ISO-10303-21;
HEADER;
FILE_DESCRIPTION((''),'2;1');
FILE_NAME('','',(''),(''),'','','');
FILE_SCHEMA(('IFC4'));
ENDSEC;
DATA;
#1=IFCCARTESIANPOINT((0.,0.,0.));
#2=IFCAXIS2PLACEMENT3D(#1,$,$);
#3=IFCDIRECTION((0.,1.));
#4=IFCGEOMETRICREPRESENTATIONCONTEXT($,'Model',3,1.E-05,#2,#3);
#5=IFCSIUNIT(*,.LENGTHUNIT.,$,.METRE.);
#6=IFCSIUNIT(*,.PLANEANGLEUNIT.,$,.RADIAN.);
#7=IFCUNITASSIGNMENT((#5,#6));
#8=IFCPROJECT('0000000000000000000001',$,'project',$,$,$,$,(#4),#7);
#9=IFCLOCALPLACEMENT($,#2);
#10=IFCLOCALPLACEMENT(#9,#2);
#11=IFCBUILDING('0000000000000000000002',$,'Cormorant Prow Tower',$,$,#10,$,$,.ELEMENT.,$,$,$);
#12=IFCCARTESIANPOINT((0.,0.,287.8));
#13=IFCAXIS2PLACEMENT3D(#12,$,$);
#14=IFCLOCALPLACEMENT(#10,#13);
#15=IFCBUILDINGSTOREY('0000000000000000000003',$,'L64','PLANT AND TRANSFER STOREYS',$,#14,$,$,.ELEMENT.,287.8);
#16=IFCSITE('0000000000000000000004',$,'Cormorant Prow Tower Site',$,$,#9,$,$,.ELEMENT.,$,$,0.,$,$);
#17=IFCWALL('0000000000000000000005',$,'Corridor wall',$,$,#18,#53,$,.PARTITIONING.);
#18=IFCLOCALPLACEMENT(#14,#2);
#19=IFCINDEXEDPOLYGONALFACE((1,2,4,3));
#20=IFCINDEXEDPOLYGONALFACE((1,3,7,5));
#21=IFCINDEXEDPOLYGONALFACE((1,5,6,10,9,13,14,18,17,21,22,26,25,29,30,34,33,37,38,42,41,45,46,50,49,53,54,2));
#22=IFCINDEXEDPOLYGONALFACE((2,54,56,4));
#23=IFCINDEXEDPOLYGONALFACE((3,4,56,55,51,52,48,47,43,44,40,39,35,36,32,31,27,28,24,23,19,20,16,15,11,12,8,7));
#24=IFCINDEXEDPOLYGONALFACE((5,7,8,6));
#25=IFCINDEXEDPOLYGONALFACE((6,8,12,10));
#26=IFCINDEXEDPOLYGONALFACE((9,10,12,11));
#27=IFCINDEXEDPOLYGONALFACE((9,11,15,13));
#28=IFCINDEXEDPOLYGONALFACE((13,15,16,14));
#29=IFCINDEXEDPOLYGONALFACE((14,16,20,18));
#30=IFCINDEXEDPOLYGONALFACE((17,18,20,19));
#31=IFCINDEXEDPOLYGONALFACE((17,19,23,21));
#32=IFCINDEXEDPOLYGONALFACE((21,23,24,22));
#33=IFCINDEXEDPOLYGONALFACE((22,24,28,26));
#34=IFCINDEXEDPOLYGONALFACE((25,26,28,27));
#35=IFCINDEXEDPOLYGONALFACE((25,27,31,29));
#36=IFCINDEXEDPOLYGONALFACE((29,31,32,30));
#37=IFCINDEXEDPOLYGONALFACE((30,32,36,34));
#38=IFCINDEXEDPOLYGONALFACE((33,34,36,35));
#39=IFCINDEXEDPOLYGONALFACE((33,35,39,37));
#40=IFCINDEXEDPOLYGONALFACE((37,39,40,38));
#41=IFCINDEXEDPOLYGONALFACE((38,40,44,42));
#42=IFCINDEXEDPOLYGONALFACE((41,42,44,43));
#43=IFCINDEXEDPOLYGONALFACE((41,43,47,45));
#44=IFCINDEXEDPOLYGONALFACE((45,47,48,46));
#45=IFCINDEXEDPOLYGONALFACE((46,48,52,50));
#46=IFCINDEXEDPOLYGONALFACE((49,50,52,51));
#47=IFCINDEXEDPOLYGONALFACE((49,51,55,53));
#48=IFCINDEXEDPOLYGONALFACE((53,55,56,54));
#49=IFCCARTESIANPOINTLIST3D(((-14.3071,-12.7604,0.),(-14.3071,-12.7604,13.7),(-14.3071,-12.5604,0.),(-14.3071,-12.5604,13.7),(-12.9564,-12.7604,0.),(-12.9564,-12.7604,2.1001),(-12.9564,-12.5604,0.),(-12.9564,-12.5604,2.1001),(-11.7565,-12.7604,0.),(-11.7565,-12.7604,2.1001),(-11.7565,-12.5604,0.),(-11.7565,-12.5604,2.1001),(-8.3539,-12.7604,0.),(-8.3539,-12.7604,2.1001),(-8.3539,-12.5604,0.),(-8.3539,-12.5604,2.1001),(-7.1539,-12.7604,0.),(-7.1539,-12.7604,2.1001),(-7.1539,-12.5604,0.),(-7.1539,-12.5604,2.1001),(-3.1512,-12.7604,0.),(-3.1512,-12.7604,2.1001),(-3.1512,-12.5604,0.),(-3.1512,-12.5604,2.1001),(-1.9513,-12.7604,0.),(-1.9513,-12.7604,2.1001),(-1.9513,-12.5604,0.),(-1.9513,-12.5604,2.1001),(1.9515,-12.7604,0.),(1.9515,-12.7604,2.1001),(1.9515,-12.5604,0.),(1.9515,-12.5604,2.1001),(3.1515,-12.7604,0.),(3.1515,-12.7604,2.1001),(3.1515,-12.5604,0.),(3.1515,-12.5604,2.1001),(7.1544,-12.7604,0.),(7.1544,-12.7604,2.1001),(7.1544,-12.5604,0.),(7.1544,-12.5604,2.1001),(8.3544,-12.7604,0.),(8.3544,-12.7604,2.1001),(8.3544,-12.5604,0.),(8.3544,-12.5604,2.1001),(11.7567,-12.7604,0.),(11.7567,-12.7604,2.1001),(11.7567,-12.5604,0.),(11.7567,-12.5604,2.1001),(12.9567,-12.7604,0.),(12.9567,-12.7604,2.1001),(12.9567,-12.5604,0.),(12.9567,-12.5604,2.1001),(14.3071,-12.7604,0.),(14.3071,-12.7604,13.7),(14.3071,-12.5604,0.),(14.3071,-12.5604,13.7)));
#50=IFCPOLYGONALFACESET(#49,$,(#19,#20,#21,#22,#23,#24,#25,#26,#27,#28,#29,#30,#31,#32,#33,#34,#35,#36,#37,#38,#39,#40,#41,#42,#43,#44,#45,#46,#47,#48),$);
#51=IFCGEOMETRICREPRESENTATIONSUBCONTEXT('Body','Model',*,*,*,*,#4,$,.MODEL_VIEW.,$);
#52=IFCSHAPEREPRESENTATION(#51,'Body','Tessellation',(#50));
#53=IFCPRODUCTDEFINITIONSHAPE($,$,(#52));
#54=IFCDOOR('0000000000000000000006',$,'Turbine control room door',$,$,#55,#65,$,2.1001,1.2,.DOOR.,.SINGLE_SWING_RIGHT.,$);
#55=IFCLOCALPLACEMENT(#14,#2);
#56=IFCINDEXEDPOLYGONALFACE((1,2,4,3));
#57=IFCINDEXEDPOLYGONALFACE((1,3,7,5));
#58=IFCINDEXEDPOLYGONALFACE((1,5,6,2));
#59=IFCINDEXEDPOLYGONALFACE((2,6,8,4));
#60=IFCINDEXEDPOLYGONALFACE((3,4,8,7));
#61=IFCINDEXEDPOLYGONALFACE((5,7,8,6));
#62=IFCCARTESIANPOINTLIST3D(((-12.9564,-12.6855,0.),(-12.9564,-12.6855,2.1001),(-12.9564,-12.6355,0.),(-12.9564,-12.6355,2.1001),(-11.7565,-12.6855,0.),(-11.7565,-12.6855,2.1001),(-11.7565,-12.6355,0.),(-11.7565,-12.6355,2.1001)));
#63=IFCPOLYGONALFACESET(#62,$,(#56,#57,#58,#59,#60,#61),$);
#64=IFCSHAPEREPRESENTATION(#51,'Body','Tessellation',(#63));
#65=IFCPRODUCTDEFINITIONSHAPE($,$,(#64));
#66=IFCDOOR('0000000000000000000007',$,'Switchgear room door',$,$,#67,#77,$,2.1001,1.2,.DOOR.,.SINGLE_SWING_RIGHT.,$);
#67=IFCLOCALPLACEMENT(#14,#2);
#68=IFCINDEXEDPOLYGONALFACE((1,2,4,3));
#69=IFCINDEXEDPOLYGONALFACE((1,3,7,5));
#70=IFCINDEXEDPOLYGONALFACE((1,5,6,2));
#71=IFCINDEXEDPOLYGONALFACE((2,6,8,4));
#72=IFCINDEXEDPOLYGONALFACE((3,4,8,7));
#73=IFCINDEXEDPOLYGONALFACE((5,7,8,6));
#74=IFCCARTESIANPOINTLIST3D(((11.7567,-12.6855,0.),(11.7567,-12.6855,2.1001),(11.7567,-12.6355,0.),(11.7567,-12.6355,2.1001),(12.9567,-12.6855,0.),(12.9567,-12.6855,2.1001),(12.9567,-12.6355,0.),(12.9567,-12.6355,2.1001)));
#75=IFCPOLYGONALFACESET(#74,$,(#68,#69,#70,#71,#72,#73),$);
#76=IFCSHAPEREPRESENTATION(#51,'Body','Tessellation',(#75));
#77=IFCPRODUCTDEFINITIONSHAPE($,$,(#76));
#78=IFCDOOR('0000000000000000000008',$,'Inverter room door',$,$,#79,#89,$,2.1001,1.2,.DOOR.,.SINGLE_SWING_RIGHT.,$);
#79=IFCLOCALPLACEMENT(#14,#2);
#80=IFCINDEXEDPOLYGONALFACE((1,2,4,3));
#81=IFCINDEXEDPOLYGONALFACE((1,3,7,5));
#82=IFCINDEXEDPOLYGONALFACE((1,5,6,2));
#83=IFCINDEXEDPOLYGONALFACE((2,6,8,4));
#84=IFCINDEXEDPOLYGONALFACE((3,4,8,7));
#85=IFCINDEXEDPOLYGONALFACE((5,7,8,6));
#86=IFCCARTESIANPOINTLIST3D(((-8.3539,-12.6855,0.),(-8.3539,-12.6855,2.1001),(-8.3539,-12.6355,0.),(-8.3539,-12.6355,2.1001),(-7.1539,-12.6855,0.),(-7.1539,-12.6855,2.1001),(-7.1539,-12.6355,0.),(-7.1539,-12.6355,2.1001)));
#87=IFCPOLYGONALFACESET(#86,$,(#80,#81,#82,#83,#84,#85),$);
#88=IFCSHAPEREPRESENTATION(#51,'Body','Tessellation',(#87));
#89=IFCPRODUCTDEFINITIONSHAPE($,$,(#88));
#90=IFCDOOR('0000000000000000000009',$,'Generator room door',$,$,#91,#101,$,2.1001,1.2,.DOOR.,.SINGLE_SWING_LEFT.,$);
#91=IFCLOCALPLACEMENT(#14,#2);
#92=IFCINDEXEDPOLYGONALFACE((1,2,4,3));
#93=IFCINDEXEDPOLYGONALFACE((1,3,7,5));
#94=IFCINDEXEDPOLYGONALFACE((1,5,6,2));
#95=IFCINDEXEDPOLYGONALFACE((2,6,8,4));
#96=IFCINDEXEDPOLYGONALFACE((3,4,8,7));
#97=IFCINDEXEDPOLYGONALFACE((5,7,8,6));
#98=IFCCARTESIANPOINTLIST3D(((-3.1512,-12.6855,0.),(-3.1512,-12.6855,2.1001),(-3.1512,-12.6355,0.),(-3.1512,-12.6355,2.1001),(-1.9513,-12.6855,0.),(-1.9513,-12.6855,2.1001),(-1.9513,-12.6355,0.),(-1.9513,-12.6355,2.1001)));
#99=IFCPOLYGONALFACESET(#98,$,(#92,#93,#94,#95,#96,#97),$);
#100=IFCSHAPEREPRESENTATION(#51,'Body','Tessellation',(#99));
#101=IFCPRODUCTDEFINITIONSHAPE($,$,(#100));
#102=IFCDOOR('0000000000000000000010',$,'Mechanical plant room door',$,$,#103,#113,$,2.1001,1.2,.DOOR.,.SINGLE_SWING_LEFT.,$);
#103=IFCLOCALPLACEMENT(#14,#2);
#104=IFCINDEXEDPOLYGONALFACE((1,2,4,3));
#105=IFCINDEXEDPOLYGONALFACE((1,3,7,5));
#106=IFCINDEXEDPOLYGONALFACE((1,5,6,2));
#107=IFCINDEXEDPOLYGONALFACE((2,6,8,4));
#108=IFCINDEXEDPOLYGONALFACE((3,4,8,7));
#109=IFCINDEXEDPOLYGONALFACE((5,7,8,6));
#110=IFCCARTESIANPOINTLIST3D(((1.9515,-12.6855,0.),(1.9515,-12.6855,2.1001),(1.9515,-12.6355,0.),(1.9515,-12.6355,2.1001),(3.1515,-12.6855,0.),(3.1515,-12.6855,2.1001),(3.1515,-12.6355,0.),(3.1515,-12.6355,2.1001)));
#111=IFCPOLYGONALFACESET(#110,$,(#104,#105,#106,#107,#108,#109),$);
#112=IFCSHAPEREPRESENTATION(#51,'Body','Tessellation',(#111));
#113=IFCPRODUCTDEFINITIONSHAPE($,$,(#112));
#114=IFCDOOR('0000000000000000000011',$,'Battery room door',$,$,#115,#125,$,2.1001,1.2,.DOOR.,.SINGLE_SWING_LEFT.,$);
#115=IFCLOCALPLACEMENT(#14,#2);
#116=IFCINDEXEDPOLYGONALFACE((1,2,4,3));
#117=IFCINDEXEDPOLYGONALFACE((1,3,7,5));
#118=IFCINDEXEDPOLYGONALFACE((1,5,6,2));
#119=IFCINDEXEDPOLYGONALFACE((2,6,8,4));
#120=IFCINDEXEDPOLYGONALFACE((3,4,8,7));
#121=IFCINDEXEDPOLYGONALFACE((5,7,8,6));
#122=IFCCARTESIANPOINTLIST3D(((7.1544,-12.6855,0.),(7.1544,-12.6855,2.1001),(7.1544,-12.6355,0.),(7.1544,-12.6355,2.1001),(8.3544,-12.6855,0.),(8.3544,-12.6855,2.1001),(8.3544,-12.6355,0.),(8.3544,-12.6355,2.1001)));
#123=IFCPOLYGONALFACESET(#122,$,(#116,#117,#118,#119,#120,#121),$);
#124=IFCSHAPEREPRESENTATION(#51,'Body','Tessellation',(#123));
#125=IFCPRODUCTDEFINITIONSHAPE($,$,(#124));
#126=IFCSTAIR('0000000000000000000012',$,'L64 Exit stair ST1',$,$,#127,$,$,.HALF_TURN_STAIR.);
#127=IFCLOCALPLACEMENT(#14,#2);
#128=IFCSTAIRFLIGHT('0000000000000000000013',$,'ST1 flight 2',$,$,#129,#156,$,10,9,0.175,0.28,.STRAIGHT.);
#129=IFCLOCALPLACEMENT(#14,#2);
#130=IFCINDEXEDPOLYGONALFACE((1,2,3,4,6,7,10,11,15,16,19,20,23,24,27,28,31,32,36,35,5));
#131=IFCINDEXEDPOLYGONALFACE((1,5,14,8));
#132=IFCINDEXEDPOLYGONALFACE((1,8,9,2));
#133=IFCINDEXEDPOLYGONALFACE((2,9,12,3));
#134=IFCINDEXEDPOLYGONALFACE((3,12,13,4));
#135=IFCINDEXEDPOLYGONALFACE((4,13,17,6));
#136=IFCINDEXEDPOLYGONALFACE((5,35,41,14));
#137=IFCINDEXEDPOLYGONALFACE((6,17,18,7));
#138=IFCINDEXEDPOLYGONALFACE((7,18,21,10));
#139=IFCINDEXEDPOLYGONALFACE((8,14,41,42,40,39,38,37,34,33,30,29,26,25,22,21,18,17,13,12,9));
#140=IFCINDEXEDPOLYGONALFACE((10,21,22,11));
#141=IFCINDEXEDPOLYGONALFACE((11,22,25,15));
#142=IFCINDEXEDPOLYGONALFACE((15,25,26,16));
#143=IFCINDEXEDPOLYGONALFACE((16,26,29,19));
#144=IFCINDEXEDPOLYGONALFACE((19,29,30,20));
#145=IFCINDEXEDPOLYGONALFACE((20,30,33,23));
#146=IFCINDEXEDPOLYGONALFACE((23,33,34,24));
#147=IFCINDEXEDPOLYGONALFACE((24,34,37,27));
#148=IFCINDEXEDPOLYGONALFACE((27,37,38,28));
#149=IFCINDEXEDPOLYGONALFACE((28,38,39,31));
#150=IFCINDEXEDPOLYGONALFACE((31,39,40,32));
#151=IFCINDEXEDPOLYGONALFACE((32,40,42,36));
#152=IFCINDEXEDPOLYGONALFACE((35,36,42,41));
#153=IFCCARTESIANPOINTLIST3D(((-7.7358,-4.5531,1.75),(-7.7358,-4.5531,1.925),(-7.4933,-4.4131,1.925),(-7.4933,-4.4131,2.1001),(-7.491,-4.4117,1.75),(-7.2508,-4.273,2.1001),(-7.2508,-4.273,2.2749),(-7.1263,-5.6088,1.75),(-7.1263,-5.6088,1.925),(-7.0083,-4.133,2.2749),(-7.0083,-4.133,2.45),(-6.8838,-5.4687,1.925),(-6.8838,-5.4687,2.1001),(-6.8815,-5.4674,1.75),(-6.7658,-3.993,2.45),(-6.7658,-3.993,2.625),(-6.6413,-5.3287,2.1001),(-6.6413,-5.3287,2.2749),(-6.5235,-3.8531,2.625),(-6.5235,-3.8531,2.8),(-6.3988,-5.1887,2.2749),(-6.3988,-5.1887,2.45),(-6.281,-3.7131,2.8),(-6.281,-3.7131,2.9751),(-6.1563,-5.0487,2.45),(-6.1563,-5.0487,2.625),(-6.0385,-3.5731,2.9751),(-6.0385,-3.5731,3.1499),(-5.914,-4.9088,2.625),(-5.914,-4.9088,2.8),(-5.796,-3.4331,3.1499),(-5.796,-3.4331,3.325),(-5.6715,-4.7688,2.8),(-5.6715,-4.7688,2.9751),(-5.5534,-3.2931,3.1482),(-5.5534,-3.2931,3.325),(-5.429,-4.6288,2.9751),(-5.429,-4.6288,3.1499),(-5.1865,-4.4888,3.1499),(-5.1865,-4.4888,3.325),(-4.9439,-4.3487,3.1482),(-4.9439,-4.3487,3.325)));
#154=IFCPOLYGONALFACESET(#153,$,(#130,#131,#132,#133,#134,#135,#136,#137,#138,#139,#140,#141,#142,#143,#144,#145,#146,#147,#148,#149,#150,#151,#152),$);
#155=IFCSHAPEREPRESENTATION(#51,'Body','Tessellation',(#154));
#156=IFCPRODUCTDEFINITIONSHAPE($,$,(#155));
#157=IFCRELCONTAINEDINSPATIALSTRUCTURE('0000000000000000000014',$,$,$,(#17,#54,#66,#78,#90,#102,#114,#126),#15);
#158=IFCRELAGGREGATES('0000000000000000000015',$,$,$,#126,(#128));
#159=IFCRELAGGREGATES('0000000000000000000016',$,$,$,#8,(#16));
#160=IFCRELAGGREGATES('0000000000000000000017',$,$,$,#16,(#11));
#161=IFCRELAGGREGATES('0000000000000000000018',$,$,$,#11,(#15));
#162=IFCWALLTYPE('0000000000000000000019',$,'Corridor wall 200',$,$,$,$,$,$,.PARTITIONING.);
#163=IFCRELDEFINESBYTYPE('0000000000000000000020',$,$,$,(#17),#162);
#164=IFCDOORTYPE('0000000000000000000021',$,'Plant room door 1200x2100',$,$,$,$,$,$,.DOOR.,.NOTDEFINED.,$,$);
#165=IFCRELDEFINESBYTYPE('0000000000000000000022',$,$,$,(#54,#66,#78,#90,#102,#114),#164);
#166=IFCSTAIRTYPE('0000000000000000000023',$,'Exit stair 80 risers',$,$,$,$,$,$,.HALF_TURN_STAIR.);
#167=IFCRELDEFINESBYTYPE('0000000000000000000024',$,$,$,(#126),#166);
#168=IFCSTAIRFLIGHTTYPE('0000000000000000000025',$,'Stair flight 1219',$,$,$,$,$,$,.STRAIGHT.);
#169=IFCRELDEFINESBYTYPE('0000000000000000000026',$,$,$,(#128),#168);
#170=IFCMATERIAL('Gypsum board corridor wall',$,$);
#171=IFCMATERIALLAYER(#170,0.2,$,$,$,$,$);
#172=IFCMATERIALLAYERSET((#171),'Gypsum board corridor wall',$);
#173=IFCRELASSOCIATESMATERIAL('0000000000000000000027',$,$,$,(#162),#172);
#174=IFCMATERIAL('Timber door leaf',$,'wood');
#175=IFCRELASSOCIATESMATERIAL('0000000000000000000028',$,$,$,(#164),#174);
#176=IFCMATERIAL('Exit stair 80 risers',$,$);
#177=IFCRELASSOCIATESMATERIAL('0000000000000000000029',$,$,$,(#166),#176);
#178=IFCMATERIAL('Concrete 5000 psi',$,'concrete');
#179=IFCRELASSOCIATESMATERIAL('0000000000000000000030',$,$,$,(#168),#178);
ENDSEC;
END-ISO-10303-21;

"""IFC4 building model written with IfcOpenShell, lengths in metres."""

from ifc_helpers import new_model, si_unit, direction, frame, frame_2d, origin, place, context, subcontext, project, spatial, polyline, rectangle, outline, extrude, material, layer, layer_set, type_object, element, fill, aggregate, save


model = new_model("IFC4")

# Units and contexts
model_context = context("Model", 3, precision=1e-05, world=origin(), true_north=direction((0.0, 1.0)))
body_context = subcontext(model_context, "Body", "Model", "MODEL_VIEW")
ifc_project = project(units=[si_unit("LENGTHUNIT", "METRE"), si_unit("PLANEANGLEUNIT", "RADIAN")], contexts=[model_context])

# Site, building, storey
site_placement = place(None, origin())
site = spatial("IfcSite", under=ifc_project, at=site_placement, Name="Cormorant Prow Tower Site", CompositionType="ELEMENT", RefElevation=0.0)
building_placement = place(site_placement, origin())
building = spatial("IfcBuilding", under=site, at=building_placement, Name="Cormorant Prow Tower", CompositionType="ELEMENT")
storey_placement = place(building_placement, frame((0.0, 0.0, 287.8)))
storey = spatial("IfcBuildingStorey", under=building, at=storey_placement, Name="L64", Description="PLANT AND TRANSFER STOREYS", CompositionType="ELEMENT", Elevation=287.8)

# Wall, openings, doors
ifc_material_1 = material(Name="Gypsum board corridor wall")
ifc_layer_1 = layer(ifc_material_1, 0.2)
ifc_layer_set_1 = layer_set([ifc_layer_1], Name="Gypsum board corridor wall")
wall_type_1 = type_object("IfcWallType", Name="Corridor wall 200", PredefinedType="PARTITIONING", material=ifc_layer_set_1)
wall_1_placement = place(storey_placement, frame((-14.3071, -12.6604, 0.0), z_axis=(0.0, 0.0, 1.0), x_axis=(1.0, 0.0, 0.0)))
wall_1 = element("IfcWall", 1, at=wall_1_placement, inside=storey, type_object=wall_type_1, Name="Corridor wall", PredefinedType="PARTITIONING", context=body_context, shape_type="SweptSolid", body=[
    extrude(rectangle(XDim=28.6143, YDim=0.2, at=frame_2d((14.3071, 0.0))), origin(), (0.0, 0.0, 1.0), 13.7),
])
opening_1_placement = place(wall_1_placement, frame((1.3506, 0.0, 0.0)))
opening_1 = element("IfcOpeningElement", 2, at=opening_1_placement, cuts=wall_1, PredefinedType="OPENING", context=body_context, shape_type="SweptSolid", body=[
    extrude(rectangle(XDim=1.2, YDim=2.1001, at=frame_2d((0.6001, 1.05))), frame((0.0, 0.1099, 0.0), z_axis=(0.0, -1.0, 0.0), x_axis=(1.0, 0.0, 0.0)), (0.0, 0.0, 1.0), 0.22),
])
opening_2_placement = place(wall_1_placement, frame((26.0637, 0.0, 0.0)))
opening_2 = element("IfcOpeningElement", 3, at=opening_2_placement, cuts=wall_1, PredefinedType="OPENING", context=body_context, shape_type="SweptSolid", body=[
    extrude(rectangle(XDim=1.2, YDim=2.1001, at=frame_2d((0.6001, 1.05))), frame((0.0, 0.1099, 0.0), z_axis=(0.0, -1.0, 0.0), x_axis=(1.0, 0.0, 0.0)), (0.0, 0.0, 1.0), 0.22),
])
opening_3_placement = place(wall_1_placement, frame((5.9531, 0.0, 0.0)))
opening_3 = element("IfcOpeningElement", 4, at=opening_3_placement, cuts=wall_1, PredefinedType="OPENING", context=body_context, shape_type="SweptSolid", body=[
    extrude(rectangle(XDim=1.2, YDim=2.1001, at=frame_2d((0.6001, 1.05))), frame((0.0, 0.1099, 0.0), z_axis=(0.0, -1.0, 0.0), x_axis=(1.0, 0.0, 0.0)), (0.0, 0.0, 1.0), 0.22),
])
opening_4_placement = place(wall_1_placement, frame((11.1558, 0.0, 0.0)))
opening_4 = element("IfcOpeningElement", 5, at=opening_4_placement, cuts=wall_1, PredefinedType="OPENING", context=body_context, shape_type="SweptSolid", body=[
    extrude(rectangle(XDim=1.2, YDim=2.1001, at=frame_2d((0.6001, 1.05))), frame((0.0, 0.1099, 0.0), z_axis=(0.0, -1.0, 0.0), x_axis=(1.0, 0.0, 0.0)), (0.0, 0.0, 1.0), 0.22),
])
opening_5_placement = place(wall_1_placement, frame((16.2585, 0.0, 0.0)))
opening_5 = element("IfcOpeningElement", 6, at=opening_5_placement, cuts=wall_1, PredefinedType="OPENING", context=body_context, shape_type="SweptSolid", body=[
    extrude(rectangle(XDim=1.2, YDim=2.1001, at=frame_2d((0.6001, 1.05))), frame((0.0, 0.1099, 0.0), z_axis=(0.0, -1.0, 0.0), x_axis=(1.0, 0.0, 0.0)), (0.0, 0.0, 1.0), 0.22),
])
opening_6_placement = place(wall_1_placement, frame((21.4614, 0.0, 0.0)))
opening_6 = element("IfcOpeningElement", 7, at=opening_6_placement, cuts=wall_1, PredefinedType="OPENING", context=body_context, shape_type="SweptSolid", body=[
    extrude(rectangle(XDim=1.2, YDim=2.1001, at=frame_2d((0.6001, 1.05))), frame((0.0, 0.1099, 0.0), z_axis=(0.0, -1.0, 0.0), x_axis=(1.0, 0.0, 0.0)), (0.0, 0.0, 1.0), 0.22),
])
ifc_material_2 = material(Name="Timber door leaf", Category="wood")
door_type_1 = type_object("IfcDoorType", Name="Plant room door 1200x2100", OperationType="NOTDEFINED", PredefinedType="DOOR", material=ifc_material_2)
door_1_placement = place(opening_1_placement, origin())
door_1 = element("IfcDoor", 8, at=door_1_placement, inside=storey, type_object=door_type_1, Name="Turbine control room door", OperationType="SINGLE_SWING_RIGHT", OverallHeight=2.1001, OverallWidth=1.2, PredefinedType="DOOR", context=body_context, shape_type="SweptSolid", body=[
    extrude(rectangle(XDim=1.2, YDim=2.1001, at=frame_2d((0.6001, 1.05))), frame((0.0, 0.0249, 0.0), z_axis=(0.0, -1.0, 0.0), x_axis=(1.0, 0.0, 0.0)), (0.0, 0.0, 1.0), 0.05),
])
fill(opening_1, door_1)
door_2_placement = place(opening_2_placement, origin())
door_2 = element("IfcDoor", 9, at=door_2_placement, inside=storey, type_object=door_type_1, Name="Switchgear room door", OperationType="SINGLE_SWING_RIGHT", OverallHeight=2.1001, OverallWidth=1.2, PredefinedType="DOOR", context=body_context, shape_type="SweptSolid", body=[
    extrude(rectangle(XDim=1.2, YDim=2.1001, at=frame_2d((0.6001, 1.05))), frame((0.0, 0.0249, 0.0), z_axis=(0.0, -1.0, 0.0), x_axis=(1.0, 0.0, 0.0)), (0.0, 0.0, 1.0), 0.05),
])
fill(opening_2, door_2)
door_3_placement = place(opening_3_placement, origin())
door_3 = element("IfcDoor", 10, at=door_3_placement, inside=storey, type_object=door_type_1, Name="Inverter room door", OperationType="SINGLE_SWING_RIGHT", OverallHeight=2.1001, OverallWidth=1.2, PredefinedType="DOOR", context=body_context, shape_type="SweptSolid", body=[
    extrude(rectangle(XDim=1.2, YDim=2.1001, at=frame_2d((0.6001, 1.05))), frame((0.0, 0.0249, 0.0), z_axis=(0.0, -1.0, 0.0), x_axis=(1.0, 0.0, 0.0)), (0.0, 0.0, 1.0), 0.05),
])
fill(opening_3, door_3)
door_4_placement = place(opening_4_placement, origin())
door_4 = element("IfcDoor", 11, at=door_4_placement, inside=storey, type_object=door_type_1, Name="Generator room door", OperationType="SINGLE_SWING_LEFT", OverallHeight=2.1001, OverallWidth=1.2, PredefinedType="DOOR", context=body_context, shape_type="SweptSolid", body=[
    extrude(rectangle(XDim=1.2, YDim=2.1001, at=frame_2d((0.6001, 1.05))), frame((0.0, 0.0249, 0.0), z_axis=(0.0, -1.0, 0.0), x_axis=(1.0, 0.0, 0.0)), (0.0, 0.0, 1.0), 0.05),
])
fill(opening_4, door_4)
door_5_placement = place(opening_5_placement, origin())
door_5 = element("IfcDoor", 12, at=door_5_placement, inside=storey, type_object=door_type_1, Name="Mechanical plant room door", OperationType="SINGLE_SWING_LEFT", OverallHeight=2.1001, OverallWidth=1.2, PredefinedType="DOOR", context=body_context, shape_type="SweptSolid", body=[
    extrude(rectangle(XDim=1.2, YDim=2.1001, at=frame_2d((0.6001, 1.05))), frame((0.0, 0.0249, 0.0), z_axis=(0.0, -1.0, 0.0), x_axis=(1.0, 0.0, 0.0)), (0.0, 0.0, 1.0), 0.05),
])
fill(opening_5, door_5)
door_6_placement = place(opening_6_placement, origin())
door_6 = element("IfcDoor", 13, at=door_6_placement, inside=storey, type_object=door_type_1, Name="Battery room door", OperationType="SINGLE_SWING_LEFT", OverallHeight=2.1001, OverallWidth=1.2, PredefinedType="DOOR", context=body_context, shape_type="SweptSolid", body=[
    extrude(rectangle(XDim=1.2, YDim=2.1001, at=frame_2d((0.6001, 1.05))), frame((0.0, 0.0249, 0.0), z_axis=(0.0, -1.0, 0.0), x_axis=(1.0, 0.0, 0.0)), (0.0, 0.0, 1.0), 0.05),
])
fill(opening_6, door_6)

# Stair, stair flight
ifc_material_3 = material(Name="Exit stair 80 risers")
stair_type = type_object("IfcStairType", Name="Exit stair 80 risers", PredefinedType="HALF_TURN_STAIR", material=ifc_material_3)
stair_placement = place(storey_placement, origin())
stair = element("IfcStair", 14, at=stair_placement, inside=storey, type_object=stair_type, Name="L64 Exit stair ST1", PredefinedType="HALF_TURN_STAIR")
ifc_material_4 = material(Name="Concrete 5000 psi", Category="concrete")
stair_flight_type = type_object("IfcStairFlightType", Name="Stair flight 1219", PredefinedType="STRAIGHT", material=ifc_material_4)
stair_flight_1_placement = place(storey_placement, frame((-7.4312, -5.0808, 1.75), z_axis=(0.0, 0.0, 1.0), x_axis=(0.866025, 0.5, 0.0)))
stair_flight_1 = element("IfcStairFlight", 15, at=stair_flight_1_placement, type_object=stair_flight_type, Name="ST1 flight 2", NumberOfRisers=10, NumberOfTreads=9, PredefinedType="STRAIGHT", RiserHeight=0.175, TreadLength=0.28, context=body_context, shape_type="SweptSolid", body=[
    extrude(outline(polyline([(0.0, 0.0), (0.0, 0.175), (0.28, 0.175), (0.28, 0.3501), (0.5601, 0.3501), (0.5601, 0.5249), (0.8401, 0.5249), (0.8401, 0.7), (1.1201, 0.7), (1.1201, 0.875), (1.3999, 0.875), (1.3999, 1.05), (1.6799, 1.05), (1.6799, 1.2251), (1.96, 1.2251), (1.96, 1.3999), (2.24, 1.3999), (2.24, 1.575), (2.52, 1.575), (2.52, 1.75), (2.52, 1.3982), (0.2827, 0.0), (0.0, 0.0)])), frame((0.0, 0.6094, 0.0), z_axis=(0.0, -1.0, 0.0), x_axis=(1.0, 0.0, 0.0)), (0.0, 0.0, 1.0), 1.219),
])
aggregate(stair, [stair_flight_1])

save(model, "model.ifc")
